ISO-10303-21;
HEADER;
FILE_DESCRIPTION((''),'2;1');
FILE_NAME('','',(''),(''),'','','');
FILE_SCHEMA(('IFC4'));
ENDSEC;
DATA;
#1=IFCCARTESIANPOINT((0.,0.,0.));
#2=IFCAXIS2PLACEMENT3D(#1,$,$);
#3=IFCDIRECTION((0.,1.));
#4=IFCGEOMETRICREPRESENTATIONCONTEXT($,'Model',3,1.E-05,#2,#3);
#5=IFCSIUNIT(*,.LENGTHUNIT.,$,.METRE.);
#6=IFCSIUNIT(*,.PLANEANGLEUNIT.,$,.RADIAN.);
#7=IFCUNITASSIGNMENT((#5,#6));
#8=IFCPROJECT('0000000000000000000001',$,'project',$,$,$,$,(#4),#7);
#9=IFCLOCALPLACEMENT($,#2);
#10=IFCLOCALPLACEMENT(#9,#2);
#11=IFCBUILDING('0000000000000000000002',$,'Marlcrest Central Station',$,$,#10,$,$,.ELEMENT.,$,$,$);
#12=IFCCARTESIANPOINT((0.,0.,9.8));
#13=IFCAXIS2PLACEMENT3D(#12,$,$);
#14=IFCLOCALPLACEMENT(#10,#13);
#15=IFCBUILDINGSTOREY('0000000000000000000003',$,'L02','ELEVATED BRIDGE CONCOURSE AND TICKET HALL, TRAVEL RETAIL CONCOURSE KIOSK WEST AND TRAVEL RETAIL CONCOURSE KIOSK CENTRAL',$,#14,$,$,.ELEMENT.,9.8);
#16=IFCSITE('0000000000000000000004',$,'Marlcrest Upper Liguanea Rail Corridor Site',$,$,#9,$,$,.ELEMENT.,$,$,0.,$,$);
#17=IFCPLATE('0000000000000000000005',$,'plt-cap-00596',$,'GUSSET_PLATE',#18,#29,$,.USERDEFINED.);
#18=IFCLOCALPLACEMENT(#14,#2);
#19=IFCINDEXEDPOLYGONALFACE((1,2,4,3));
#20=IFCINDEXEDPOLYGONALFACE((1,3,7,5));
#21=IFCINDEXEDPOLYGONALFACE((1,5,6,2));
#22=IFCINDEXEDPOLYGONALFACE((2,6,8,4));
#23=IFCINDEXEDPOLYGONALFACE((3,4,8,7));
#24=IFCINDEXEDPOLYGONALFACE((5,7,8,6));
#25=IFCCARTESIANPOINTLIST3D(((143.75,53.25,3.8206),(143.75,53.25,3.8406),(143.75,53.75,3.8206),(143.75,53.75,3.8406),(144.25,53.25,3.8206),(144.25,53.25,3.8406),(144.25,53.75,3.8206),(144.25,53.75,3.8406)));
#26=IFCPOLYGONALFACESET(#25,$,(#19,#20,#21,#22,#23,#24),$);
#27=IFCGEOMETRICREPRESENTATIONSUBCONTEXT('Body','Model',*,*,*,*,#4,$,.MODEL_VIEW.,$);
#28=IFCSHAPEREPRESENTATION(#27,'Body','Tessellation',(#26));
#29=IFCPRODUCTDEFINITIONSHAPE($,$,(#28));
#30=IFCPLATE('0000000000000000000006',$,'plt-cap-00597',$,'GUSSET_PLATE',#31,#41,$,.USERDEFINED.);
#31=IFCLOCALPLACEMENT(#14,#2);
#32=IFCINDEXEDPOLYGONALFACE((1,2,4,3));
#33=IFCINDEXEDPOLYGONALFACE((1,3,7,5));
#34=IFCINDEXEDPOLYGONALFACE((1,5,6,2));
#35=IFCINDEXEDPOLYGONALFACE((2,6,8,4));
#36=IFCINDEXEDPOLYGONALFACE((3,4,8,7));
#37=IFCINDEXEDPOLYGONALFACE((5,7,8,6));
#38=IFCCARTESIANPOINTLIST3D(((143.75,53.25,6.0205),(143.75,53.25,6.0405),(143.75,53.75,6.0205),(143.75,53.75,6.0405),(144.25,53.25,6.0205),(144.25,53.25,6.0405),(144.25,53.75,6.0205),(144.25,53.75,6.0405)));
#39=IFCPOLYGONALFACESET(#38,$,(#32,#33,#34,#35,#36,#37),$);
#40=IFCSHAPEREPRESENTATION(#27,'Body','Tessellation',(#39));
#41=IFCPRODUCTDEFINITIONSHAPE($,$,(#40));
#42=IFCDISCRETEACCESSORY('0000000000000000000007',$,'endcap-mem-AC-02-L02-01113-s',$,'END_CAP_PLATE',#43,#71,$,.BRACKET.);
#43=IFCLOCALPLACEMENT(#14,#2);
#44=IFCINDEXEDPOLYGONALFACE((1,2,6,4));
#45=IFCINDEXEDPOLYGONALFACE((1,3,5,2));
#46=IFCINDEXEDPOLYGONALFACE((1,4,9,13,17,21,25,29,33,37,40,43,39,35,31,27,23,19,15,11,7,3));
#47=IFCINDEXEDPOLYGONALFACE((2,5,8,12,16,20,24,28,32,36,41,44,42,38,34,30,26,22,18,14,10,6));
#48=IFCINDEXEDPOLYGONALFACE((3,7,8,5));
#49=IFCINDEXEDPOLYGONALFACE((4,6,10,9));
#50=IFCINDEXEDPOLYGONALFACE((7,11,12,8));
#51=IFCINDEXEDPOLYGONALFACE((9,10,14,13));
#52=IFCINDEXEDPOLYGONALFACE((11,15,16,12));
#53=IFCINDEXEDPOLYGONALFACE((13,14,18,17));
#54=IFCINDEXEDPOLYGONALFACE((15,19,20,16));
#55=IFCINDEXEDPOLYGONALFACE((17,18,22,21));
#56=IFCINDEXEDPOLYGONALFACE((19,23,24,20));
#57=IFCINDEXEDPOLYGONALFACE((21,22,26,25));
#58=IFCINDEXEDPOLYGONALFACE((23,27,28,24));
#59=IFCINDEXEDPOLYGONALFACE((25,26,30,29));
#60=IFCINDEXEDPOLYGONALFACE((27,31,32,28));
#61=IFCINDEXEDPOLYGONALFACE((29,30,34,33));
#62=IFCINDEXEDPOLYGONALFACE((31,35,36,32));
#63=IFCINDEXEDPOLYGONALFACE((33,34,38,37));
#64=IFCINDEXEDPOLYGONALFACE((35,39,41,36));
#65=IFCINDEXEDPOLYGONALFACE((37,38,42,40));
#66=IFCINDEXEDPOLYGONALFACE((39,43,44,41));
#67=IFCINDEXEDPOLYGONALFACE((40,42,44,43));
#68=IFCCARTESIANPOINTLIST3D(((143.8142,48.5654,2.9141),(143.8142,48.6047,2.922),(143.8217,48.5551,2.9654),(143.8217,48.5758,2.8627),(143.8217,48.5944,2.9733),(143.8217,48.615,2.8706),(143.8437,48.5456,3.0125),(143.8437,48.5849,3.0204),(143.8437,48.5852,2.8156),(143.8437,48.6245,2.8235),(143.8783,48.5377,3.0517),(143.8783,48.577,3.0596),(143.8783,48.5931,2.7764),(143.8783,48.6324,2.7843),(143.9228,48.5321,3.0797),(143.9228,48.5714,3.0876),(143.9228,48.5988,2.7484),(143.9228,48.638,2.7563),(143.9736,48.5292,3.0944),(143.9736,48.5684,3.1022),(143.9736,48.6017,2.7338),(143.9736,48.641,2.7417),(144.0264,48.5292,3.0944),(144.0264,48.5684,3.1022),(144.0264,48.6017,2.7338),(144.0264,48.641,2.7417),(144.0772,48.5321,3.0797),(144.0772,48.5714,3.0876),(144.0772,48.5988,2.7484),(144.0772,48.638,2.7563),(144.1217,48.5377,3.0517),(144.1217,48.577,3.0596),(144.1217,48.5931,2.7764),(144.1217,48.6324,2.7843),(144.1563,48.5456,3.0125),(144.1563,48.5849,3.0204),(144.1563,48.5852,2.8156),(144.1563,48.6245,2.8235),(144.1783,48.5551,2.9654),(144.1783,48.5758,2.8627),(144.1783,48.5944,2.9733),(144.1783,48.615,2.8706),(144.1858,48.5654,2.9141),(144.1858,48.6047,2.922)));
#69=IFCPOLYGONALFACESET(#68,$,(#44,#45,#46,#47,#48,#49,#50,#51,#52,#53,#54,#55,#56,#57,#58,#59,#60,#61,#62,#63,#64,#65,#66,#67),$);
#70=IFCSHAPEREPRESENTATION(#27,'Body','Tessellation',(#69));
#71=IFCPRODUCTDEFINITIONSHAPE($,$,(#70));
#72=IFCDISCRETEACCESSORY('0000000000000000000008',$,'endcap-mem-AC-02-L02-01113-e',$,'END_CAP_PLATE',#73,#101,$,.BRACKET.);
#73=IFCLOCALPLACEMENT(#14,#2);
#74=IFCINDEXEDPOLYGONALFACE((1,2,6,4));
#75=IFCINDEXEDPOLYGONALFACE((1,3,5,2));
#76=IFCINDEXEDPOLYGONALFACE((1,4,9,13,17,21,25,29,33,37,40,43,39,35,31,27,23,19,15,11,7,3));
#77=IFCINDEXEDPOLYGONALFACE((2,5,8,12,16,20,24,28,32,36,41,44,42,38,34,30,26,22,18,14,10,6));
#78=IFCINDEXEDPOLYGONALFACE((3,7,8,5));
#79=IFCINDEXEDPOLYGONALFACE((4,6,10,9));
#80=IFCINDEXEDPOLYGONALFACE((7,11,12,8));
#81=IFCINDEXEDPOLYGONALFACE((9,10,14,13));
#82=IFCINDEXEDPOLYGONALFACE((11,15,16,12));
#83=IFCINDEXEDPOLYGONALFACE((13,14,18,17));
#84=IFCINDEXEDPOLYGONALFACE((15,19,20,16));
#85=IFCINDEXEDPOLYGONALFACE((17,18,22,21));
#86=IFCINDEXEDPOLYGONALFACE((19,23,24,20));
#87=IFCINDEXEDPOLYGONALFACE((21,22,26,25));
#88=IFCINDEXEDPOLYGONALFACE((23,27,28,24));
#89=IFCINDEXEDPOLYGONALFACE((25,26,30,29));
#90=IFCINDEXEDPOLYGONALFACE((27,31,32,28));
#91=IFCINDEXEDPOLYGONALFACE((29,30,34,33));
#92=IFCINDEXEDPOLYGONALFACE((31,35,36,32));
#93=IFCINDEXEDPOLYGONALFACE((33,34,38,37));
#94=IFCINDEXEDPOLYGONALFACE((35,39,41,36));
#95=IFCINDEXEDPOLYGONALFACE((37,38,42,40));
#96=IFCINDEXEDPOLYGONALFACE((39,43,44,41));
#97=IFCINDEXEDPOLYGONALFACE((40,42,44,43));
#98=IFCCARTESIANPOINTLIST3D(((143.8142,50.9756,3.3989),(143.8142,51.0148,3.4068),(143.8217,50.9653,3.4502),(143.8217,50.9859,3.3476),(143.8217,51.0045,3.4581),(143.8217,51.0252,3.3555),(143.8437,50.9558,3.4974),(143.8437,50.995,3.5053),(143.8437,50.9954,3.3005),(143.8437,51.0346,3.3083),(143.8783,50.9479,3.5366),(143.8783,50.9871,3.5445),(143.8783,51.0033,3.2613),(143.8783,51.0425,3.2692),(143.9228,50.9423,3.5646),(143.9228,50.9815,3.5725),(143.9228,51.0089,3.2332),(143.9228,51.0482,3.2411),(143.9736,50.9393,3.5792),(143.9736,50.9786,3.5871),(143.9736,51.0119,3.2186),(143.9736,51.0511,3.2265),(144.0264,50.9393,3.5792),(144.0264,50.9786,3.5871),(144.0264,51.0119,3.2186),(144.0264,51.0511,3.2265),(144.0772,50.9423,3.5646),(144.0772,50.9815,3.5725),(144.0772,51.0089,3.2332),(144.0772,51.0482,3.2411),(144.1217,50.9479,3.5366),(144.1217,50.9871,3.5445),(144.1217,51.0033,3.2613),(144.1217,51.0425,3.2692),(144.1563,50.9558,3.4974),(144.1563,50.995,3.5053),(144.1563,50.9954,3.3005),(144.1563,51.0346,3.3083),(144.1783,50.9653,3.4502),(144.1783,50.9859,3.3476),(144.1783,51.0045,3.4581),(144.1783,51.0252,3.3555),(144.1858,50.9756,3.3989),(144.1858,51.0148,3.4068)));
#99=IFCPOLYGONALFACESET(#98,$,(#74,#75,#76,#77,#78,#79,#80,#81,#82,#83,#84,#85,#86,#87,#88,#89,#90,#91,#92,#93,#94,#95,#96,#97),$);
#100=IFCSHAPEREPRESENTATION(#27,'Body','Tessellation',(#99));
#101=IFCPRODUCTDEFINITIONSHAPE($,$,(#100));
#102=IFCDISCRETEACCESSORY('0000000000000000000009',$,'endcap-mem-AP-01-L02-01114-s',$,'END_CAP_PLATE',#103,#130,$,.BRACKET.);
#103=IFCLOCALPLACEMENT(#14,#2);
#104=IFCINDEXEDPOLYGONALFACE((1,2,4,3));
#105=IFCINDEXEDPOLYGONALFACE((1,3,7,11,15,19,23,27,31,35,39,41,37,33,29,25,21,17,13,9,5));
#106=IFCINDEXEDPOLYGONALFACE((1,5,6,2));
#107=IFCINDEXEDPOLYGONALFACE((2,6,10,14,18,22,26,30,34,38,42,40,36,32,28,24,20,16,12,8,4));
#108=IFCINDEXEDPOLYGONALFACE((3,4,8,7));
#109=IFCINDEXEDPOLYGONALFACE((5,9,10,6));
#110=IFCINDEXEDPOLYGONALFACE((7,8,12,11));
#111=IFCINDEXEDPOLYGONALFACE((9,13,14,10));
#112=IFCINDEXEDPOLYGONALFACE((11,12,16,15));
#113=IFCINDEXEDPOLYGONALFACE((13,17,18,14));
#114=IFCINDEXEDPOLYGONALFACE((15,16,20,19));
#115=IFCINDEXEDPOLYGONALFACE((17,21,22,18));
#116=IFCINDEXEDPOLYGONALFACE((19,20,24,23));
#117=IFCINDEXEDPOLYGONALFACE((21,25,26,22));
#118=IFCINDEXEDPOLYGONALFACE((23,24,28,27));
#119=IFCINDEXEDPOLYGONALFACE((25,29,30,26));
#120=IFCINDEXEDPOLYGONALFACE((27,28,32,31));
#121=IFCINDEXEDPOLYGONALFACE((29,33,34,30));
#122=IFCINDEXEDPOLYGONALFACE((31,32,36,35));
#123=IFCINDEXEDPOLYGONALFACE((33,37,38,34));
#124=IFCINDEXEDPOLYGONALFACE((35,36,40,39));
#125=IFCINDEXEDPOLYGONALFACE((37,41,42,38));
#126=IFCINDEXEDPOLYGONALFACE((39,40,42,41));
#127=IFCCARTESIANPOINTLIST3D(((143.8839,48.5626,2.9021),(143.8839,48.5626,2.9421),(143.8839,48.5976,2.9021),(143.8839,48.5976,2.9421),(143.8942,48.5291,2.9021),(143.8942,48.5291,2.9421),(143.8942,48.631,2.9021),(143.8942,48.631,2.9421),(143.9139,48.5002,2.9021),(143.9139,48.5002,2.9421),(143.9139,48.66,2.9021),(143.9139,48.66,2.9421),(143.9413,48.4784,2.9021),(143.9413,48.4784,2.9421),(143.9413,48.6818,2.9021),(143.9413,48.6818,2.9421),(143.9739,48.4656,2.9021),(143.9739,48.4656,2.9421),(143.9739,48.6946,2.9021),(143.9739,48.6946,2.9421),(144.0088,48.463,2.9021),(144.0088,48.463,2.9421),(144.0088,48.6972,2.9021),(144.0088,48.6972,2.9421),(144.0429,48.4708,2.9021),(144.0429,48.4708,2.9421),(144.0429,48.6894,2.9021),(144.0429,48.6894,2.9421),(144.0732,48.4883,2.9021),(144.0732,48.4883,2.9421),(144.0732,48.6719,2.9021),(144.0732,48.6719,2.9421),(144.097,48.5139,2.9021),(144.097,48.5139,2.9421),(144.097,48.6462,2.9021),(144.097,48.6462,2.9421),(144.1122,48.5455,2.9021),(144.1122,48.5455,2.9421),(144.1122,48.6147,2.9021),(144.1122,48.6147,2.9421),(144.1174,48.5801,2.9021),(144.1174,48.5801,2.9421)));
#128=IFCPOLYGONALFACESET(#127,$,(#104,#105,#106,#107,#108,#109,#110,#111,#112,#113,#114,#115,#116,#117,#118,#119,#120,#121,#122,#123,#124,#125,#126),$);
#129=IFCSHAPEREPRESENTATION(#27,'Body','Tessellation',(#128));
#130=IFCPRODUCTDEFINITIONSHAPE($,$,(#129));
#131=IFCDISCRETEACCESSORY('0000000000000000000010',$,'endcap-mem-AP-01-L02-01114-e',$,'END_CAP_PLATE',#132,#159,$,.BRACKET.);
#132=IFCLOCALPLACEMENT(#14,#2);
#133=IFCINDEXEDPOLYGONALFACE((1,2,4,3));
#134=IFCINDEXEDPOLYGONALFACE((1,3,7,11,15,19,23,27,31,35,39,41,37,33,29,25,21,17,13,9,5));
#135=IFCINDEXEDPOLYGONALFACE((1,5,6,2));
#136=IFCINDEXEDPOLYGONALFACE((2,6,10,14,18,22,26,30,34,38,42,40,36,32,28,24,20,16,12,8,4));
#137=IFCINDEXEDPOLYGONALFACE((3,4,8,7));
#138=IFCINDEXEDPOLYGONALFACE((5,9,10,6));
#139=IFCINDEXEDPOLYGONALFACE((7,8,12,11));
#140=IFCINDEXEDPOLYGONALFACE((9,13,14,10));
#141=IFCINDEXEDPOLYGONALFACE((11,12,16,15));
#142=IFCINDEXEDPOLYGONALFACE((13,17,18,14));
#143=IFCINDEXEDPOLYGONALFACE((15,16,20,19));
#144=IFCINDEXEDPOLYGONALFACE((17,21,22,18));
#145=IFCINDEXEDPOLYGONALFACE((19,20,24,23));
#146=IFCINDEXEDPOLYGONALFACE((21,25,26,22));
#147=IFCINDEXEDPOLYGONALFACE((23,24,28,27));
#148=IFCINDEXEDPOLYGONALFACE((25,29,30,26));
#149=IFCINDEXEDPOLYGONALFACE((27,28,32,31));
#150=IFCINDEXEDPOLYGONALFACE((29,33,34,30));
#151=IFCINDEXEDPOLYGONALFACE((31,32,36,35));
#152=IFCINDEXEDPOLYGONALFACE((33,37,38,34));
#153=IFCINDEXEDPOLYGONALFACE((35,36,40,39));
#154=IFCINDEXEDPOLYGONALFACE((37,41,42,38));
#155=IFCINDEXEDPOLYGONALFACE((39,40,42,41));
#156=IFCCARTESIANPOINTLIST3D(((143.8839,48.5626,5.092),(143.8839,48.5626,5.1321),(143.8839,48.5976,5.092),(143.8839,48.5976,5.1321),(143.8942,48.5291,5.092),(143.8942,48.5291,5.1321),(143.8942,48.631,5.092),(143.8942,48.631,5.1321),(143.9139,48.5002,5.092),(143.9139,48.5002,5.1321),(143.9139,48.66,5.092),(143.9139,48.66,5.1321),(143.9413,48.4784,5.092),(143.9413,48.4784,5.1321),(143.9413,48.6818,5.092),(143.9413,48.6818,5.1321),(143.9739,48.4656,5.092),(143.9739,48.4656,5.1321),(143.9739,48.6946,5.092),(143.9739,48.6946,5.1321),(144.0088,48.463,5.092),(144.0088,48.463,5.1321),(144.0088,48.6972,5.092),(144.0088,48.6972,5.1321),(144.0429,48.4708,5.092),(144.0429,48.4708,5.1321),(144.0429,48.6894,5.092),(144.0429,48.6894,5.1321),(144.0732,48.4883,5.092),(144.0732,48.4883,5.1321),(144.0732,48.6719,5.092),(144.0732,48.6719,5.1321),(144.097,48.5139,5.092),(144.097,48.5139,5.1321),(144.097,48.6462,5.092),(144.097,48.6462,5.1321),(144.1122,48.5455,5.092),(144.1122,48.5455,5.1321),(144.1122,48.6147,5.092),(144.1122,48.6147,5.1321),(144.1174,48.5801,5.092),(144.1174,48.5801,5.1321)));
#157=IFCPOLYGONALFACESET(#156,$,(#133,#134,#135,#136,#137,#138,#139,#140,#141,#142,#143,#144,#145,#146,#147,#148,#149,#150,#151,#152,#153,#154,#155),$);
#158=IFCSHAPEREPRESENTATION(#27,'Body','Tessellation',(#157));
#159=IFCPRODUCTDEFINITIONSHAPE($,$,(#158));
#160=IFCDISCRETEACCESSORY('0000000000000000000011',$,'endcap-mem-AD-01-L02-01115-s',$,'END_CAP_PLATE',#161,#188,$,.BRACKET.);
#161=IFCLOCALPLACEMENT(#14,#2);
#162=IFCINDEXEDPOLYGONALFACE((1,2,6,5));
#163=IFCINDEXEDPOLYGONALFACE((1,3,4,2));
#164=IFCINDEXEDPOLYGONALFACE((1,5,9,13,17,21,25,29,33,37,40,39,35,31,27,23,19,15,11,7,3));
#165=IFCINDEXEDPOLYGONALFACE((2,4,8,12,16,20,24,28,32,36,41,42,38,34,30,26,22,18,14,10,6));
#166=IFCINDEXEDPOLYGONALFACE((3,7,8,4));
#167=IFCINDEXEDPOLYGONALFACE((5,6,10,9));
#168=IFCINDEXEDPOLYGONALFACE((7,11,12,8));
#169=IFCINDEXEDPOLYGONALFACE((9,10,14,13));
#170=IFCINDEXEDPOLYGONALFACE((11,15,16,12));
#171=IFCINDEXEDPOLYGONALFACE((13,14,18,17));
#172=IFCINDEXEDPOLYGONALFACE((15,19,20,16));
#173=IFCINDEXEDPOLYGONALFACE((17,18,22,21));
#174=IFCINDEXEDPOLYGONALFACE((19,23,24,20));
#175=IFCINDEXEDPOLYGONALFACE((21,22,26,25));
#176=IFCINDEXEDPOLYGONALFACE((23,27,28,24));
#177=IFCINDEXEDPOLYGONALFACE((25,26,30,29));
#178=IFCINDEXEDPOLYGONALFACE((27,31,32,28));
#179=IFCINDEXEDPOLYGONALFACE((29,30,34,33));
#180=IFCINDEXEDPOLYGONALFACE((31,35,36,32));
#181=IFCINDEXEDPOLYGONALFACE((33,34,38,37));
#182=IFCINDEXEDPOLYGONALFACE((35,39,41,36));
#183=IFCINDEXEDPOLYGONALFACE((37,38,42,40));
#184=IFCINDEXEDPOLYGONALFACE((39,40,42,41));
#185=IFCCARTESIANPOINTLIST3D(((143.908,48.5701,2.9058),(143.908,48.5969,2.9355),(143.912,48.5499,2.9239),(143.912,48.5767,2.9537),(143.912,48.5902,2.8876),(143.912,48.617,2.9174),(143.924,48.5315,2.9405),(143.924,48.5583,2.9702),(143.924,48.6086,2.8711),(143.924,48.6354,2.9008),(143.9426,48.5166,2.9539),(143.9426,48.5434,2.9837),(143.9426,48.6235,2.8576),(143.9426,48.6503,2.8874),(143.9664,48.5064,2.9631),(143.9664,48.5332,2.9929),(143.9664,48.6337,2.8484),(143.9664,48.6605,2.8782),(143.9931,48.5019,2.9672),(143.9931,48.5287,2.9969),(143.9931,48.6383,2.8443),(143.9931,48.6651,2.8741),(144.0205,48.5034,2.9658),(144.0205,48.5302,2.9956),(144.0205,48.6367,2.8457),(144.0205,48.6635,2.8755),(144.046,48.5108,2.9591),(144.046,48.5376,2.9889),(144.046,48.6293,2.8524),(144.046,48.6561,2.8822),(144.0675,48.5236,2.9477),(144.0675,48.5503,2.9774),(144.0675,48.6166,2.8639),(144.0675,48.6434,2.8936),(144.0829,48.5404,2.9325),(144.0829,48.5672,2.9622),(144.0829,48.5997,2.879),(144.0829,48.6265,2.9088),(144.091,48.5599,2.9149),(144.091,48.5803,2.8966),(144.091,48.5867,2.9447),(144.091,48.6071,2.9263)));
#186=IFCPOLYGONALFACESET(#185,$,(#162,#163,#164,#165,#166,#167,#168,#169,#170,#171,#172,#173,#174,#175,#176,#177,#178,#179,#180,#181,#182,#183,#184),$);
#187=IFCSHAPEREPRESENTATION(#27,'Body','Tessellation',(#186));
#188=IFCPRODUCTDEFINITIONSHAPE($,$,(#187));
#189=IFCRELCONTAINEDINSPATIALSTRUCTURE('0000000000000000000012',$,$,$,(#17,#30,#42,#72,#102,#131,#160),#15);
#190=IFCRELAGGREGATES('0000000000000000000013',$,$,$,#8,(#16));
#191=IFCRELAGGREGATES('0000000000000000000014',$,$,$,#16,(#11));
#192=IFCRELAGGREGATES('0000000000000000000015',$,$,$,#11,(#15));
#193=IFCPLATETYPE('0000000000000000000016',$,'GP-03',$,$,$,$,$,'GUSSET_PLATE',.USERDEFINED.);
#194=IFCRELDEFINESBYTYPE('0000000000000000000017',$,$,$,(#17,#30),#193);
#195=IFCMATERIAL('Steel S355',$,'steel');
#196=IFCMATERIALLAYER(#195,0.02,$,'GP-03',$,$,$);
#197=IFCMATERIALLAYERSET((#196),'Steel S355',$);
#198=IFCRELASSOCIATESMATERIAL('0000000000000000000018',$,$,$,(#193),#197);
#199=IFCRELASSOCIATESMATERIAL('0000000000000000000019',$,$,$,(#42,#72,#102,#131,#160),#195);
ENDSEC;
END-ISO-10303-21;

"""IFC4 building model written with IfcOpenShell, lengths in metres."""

from ifc_helpers import new_model, si_unit, direction, frame, origin, origin_2d, place, context, subcontext, project, spatial, rectangle, circle, extrude, material, layer, layer_set, type_object, element, save


model = new_model("IFC4")

# Units and contexts
model_context = context("Model", 3, precision=1e-05, world=origin(), true_north=direction((0.0, 1.0)))
body_context = subcontext(model_context, "Body", "Model", "MODEL_VIEW")
ifc_project = project(units=[si_unit("LENGTHUNIT", "METRE"), si_unit("PLANEANGLEUNIT", "RADIAN")], contexts=[model_context])

# Site, building, storey
site_placement = place(None, origin())
site = spatial("IfcSite", under=ifc_project, at=site_placement, Name="Marlcrest Upper Liguanea Rail Corridor Site", CompositionType="ELEMENT", RefElevation=0.0)
building_placement = place(site_placement, origin())
building = spatial("IfcBuilding", under=site, at=building_placement, Name="Marlcrest Central Station", CompositionType="ELEMENT")
storey_placement = place(building_placement, frame((0.0, 0.0, 9.8)))
storey = spatial("IfcBuildingStorey", under=building, at=storey_placement, Name="L02", Description="ELEVATED BRIDGE CONCOURSE AND TICKET HALL, TRAVEL RETAIL CONCOURSE KIOSK WEST AND TRAVEL RETAIL CONCOURSE KIOSK CENTRAL", CompositionType="ELEMENT", Elevation=9.8)

# Shared definitions
ifc_material = material(Name="Steel S355", Category="steel")

# Plates
ifc_layer = layer(ifc_material, 0.02, Name="GP-03")
ifc_layer_set = layer_set([ifc_layer], Name="Steel S355")
plate_type = type_object("IfcPlateType", Name="GP-03", ElementType="GUSSET_PLATE", PredefinedType="USERDEFINED", material=ifc_layer_set)
for number, where, z_axis, x_axis, name in (
    (1, (144.0, 53.5, 3.8206), (0.0, 0.0, 1.0), (1.0, 0.0, 0.0), "plt-cap-00596"),
    (2, (144.0, 53.5, 6.0205), (0.0, 0.0, 1.0), (1.0, 0.0, 0.0), "plt-cap-00597"),
):
    element("IfcPlate", number, at=place(storey_placement, frame(where, z_axis=z_axis, x_axis=x_axis)), inside=storey, type_object=plate_type, Name=name, ObjectType="GUSSET_PLATE", PredefinedType="USERDEFINED", context=body_context, shape_type="SweptSolid", body=[
        extrude(rectangle(XDim=0.5, YDim=0.5, at=origin_2d()), origin(), (0.0, 0.0, 1.0), 0.02),
    ])

# Discrete accessories
for number, where, z_axis, x_axis, name in (
    (3, (144.0, 48.5654, 2.9141), (0.0, 0.980359, 0.197219), (-1.0, 0.0, 0.0), "endcap-mem-AC-02-L02-01113-s"),
    (4, (144.0, 50.9756, 3.3989), (0.0, 0.980359, 0.197219), (-1.0, 0.0, 0.0), "endcap-mem-AC-02-L02-01113-e"),
):
    element("IfcDiscreteAccessory", number, at=place(storey_placement, frame(where, z_axis=z_axis, x_axis=x_axis)), inside=storey, material=ifc_material, Name=name, ObjectType="END_CAP_PLATE", PredefinedType="BRACKET", context=body_context, shape_type="SweptSolid", body=[
        extrude(circle(Radius=0.1858, at=origin_2d()), origin(), (0.0, 0.0, 1.0), 0.04),
    ])
for number, where, z_axis, x_axis, name in (
    (5, (144.0, 48.5801, 2.9021), (0.0, 0.0, 1.0), (1.0, 0.0, 0.0), "endcap-mem-AP-01-L02-01114-s"),
    (6, (144.0, 48.5801, 5.092), (0.0, 0.0, 1.0), (1.0, 0.0, 0.0), "endcap-mem-AP-01-L02-01114-e"),
):
    element("IfcDiscreteAccessory", number, at=place(storey_placement, frame(where, z_axis=z_axis, x_axis=x_axis)), inside=storey, material=ifc_material, Name=name, ObjectType="END_CAP_PLATE", PredefinedType="BRACKET", context=body_context, shape_type="SweptSolid", body=[
        extrude(circle(Radius=0.1174, at=origin_2d()), origin(), (0.0, 0.0, 1.0), 0.04),
    ])
for number, where, z_axis, x_axis, name in (
    (7, (144.0, 48.5701, 2.9058), (0.0, 0.669244, 0.743042), (-1.0, 0.0, 0.0), "endcap-mem-AD-01-L02-01115-s"),
):
    element("IfcDiscreteAccessory", number, at=place(storey_placement, frame(where, z_axis=z_axis, x_axis=x_axis)), inside=storey, material=ifc_material, Name=name, ObjectType="END_CAP_PLATE", PredefinedType="BRACKET", context=body_context, shape_type="SweptSolid", body=[
        extrude(circle(Radius=0.092, at=origin_2d()), origin(), (0.0, 0.0, 1.0), 0.04),
    ])

save(model, "model.ifc")
